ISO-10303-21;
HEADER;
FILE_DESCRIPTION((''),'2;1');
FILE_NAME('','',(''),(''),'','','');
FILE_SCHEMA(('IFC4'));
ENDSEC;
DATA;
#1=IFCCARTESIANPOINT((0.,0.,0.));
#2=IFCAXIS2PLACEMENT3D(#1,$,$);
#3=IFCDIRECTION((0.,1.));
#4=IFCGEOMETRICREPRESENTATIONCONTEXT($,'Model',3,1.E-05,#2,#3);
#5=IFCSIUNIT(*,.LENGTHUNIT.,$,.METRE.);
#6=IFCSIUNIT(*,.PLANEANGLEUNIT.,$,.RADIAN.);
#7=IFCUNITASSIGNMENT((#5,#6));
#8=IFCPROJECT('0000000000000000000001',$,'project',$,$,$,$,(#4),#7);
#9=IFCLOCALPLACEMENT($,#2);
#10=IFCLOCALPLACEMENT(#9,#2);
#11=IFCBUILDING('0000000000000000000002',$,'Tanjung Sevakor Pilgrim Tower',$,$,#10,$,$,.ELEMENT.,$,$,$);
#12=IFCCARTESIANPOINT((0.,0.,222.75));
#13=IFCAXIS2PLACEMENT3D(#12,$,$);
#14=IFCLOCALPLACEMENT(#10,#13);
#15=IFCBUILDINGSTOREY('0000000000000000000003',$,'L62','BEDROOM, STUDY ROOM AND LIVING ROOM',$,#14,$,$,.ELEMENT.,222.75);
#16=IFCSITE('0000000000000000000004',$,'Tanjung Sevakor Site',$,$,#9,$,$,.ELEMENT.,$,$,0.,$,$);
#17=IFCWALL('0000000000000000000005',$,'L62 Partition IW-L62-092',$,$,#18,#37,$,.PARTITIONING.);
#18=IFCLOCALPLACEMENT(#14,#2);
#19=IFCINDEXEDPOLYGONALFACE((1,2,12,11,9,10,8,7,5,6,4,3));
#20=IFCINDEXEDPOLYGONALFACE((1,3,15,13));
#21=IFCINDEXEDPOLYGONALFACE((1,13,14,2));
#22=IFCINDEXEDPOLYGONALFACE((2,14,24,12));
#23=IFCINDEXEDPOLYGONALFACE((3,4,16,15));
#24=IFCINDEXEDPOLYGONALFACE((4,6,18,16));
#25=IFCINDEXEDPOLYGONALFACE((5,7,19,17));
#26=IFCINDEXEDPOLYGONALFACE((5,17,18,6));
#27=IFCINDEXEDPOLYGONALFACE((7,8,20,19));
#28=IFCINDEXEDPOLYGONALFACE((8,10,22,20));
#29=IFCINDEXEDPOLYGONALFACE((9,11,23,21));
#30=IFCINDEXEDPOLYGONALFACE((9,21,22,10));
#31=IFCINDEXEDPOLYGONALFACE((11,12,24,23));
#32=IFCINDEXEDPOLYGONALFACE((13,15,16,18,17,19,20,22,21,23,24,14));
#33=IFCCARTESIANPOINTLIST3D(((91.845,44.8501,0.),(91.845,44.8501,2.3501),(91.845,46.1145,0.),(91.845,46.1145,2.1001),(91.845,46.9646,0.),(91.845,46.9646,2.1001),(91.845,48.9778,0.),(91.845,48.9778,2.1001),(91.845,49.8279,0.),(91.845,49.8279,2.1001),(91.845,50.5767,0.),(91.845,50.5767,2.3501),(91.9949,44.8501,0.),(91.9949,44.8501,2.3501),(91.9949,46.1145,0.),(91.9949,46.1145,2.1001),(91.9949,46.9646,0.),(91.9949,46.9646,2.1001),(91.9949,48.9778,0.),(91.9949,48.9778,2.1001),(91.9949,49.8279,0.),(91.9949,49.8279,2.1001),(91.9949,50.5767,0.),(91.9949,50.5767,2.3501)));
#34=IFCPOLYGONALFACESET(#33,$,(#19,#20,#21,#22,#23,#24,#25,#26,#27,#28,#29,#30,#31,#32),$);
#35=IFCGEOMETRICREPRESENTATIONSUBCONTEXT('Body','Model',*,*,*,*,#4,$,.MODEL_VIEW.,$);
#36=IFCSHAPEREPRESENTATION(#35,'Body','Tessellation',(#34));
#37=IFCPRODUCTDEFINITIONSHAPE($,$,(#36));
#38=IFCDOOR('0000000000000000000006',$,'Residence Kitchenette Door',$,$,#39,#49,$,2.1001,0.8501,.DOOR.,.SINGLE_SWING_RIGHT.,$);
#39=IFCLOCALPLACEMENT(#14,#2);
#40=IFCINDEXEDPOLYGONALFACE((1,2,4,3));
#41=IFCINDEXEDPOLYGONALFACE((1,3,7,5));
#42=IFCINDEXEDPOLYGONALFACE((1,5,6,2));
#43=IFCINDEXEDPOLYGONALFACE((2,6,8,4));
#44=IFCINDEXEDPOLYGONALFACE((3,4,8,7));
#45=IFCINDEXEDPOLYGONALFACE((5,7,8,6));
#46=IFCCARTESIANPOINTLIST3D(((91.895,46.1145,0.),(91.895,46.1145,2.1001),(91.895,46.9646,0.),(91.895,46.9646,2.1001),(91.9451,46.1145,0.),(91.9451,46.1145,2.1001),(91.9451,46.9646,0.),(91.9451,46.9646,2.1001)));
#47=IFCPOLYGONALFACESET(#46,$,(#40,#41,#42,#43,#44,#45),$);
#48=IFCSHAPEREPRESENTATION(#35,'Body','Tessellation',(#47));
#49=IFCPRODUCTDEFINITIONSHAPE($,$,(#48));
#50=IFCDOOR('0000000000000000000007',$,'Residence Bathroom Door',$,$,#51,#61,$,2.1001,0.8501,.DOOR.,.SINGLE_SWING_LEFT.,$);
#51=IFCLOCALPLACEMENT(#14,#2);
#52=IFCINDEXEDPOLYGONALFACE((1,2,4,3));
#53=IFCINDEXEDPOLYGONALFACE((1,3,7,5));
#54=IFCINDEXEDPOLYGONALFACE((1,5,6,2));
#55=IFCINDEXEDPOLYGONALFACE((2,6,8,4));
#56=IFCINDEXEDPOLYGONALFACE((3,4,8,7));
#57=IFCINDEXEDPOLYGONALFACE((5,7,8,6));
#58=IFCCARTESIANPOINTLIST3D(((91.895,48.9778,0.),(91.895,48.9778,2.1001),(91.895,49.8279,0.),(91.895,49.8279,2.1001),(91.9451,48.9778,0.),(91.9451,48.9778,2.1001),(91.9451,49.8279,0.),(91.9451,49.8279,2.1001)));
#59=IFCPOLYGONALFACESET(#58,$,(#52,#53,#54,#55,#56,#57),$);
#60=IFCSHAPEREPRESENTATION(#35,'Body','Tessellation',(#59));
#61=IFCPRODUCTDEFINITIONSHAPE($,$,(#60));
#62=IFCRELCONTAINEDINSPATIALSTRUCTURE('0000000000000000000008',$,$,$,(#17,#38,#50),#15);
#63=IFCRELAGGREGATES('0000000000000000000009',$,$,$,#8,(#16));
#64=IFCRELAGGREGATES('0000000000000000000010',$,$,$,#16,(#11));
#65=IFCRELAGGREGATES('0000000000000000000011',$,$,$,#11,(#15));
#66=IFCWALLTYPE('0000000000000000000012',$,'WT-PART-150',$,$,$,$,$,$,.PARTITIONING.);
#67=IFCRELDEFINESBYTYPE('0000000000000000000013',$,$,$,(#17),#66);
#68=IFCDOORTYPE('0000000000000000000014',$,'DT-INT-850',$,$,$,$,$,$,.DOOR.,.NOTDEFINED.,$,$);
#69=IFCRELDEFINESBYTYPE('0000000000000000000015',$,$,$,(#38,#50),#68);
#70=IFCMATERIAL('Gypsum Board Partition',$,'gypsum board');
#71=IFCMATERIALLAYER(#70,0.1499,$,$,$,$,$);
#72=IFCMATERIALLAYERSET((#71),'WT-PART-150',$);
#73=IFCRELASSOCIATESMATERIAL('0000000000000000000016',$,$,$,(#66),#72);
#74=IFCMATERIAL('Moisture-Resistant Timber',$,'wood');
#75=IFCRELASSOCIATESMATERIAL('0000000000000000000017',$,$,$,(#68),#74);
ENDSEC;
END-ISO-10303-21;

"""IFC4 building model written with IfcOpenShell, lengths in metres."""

from ifc_helpers import new_model, si_unit, direction, frame, frame_2d, origin, place, context, subcontext, project, spatial, rectangle, extrude, material, layer, layer_set, type_object, element, fill, save


model = new_model("IFC4")

# Units and contexts
model_context = context("Model", 3, precision=1e-05, world=origin(), true_north=direction((0.0, 1.0)))
body_context = subcontext(model_context, "Body", "Model", "MODEL_VIEW")
ifc_project = project(units=[si_unit("LENGTHUNIT", "METRE"), si_unit("PLANEANGLEUNIT", "RADIAN")], contexts=[model_context])

# Site, building, storey
site_placement = place(None, origin())
site = spatial("IfcSite", under=ifc_project, at=site_placement, Name="Tanjung Sevakor Site", CompositionType="ELEMENT", RefElevation=0.0)
building_placement = place(site_placement, origin())
building = spatial("IfcBuilding", under=site, at=building_placement, Name="Tanjung Sevakor Pilgrim Tower", CompositionType="ELEMENT")
storey_placement = place(building_placement, frame((0.0, 0.0, 222.75)))
storey = spatial("IfcBuildingStorey", under=building, at=storey_placement, Name="L62", Description="BEDROOM, STUDY ROOM AND LIVING ROOM", CompositionType="ELEMENT", Elevation=222.75)

# Wall, openings, doors
ifc_material_1 = material(Name="Gypsum Board Partition", Category="gypsum board")
ifc_layer_1 = layer(ifc_material_1, 0.1499)
ifc_layer_set_1 = layer_set([ifc_layer_1], Name="WT-PART-150")
wall_type_1 = type_object("IfcWallType", Name="WT-PART-150", PredefinedType="PARTITIONING", material=ifc_layer_set_1)
wall_1_placement = place(storey_placement, frame((91.9199, 44.8501, 0.0), z_axis=(0.0, 0.0, 1.0), x_axis=(0.0, 1.0, 0.0)))
wall_1 = element("IfcWall", 1, at=wall_1_placement, inside=storey, type_object=wall_type_1, Name="L62 Partition IW-L62-092", PredefinedType="PARTITIONING", context=body_context, shape_type="SweptSolid", body=[
    extrude(rectangle(XDim=5.7266, YDim=0.1499, at=frame_2d((2.8633, 0.0))), origin(), (0.0, 0.0, 1.0), 2.3501),
])
opening_1_placement = place(wall_1_placement, frame((1.2644, 0.0, 0.0)))
opening_1 = element("IfcOpeningElement", 2, at=opening_1_placement, cuts=wall_1, PredefinedType="OPENING", context=body_context, shape_type="SweptSolid", body=[
    extrude(rectangle(XDim=0.8501, YDim=2.1001, at=frame_2d((0.425, 1.05))), frame((0.0, 0.085, 0.0), z_axis=(0.0, -1.0, 0.0), x_axis=(1.0, 0.0, 0.0)), (0.0, 0.0, 1.0), 0.1699),
])
opening_2_placement = place(wall_1_placement, frame((4.1277, 0.0, 0.0)))
opening_2 = element("IfcOpeningElement", 3, at=opening_2_placement, cuts=wall_1, PredefinedType="OPENING", context=body_context, shape_type="SweptSolid", body=[
    extrude(rectangle(XDim=0.8501, YDim=2.1001, at=frame_2d((0.425, 1.05))), frame((0.0, 0.085, 0.0), z_axis=(0.0, -1.0, 0.0), x_axis=(1.0, 0.0, 0.0)), (0.0, 0.0, 1.0), 0.1699),
])
ifc_material_2 = material(Name="Moisture-Resistant Timber", Category="wood")
door_type_1 = type_object("IfcDoorType", Name="DT-INT-850", OperationType="NOTDEFINED", PredefinedType="DOOR", material=ifc_material_2)
door_1_placement = place(opening_1_placement, origin())
door_1 = element("IfcDoor", 4, at=door_1_placement, inside=storey, type_object=door_type_1, Name="Residence Kitchenette Door", OperationType="SINGLE_SWING_RIGHT", OverallHeight=2.1001, OverallWidth=0.8501, PredefinedType="DOOR", context=body_context, shape_type="SweptSolid", body=[
    extrude(rectangle(XDim=0.8501, YDim=2.1001, at=frame_2d((0.425, 1.05))), frame((0.0, 0.0249, 0.0), z_axis=(0.0, -1.0, 0.0), x_axis=(1.0, 0.0, 0.0)), (0.0, 0.0, 1.0), 0.05),
])
fill(opening_1, door_1)
door_2_placement = place(opening_2_placement, origin())
door_2 = element("IfcDoor", 5, at=door_2_placement, inside=storey, type_object=door_type_1, Name="Residence Bathroom Door", OperationType="SINGLE_SWING_LEFT", OverallHeight=2.1001, OverallWidth=0.8501, PredefinedType="DOOR", context=body_context, shape_type="SweptSolid", body=[
    extrude(rectangle(XDim=0.8501, YDim=2.1001, at=frame_2d((0.425, 1.05))), frame((0.0, 0.0249, 0.0), z_axis=(0.0, -1.0, 0.0), x_axis=(1.0, 0.0, 0.0)), (0.0, 0.0, 1.0), 0.05),
])
fill(opening_2, door_2)

save(model, "model.ifc")
